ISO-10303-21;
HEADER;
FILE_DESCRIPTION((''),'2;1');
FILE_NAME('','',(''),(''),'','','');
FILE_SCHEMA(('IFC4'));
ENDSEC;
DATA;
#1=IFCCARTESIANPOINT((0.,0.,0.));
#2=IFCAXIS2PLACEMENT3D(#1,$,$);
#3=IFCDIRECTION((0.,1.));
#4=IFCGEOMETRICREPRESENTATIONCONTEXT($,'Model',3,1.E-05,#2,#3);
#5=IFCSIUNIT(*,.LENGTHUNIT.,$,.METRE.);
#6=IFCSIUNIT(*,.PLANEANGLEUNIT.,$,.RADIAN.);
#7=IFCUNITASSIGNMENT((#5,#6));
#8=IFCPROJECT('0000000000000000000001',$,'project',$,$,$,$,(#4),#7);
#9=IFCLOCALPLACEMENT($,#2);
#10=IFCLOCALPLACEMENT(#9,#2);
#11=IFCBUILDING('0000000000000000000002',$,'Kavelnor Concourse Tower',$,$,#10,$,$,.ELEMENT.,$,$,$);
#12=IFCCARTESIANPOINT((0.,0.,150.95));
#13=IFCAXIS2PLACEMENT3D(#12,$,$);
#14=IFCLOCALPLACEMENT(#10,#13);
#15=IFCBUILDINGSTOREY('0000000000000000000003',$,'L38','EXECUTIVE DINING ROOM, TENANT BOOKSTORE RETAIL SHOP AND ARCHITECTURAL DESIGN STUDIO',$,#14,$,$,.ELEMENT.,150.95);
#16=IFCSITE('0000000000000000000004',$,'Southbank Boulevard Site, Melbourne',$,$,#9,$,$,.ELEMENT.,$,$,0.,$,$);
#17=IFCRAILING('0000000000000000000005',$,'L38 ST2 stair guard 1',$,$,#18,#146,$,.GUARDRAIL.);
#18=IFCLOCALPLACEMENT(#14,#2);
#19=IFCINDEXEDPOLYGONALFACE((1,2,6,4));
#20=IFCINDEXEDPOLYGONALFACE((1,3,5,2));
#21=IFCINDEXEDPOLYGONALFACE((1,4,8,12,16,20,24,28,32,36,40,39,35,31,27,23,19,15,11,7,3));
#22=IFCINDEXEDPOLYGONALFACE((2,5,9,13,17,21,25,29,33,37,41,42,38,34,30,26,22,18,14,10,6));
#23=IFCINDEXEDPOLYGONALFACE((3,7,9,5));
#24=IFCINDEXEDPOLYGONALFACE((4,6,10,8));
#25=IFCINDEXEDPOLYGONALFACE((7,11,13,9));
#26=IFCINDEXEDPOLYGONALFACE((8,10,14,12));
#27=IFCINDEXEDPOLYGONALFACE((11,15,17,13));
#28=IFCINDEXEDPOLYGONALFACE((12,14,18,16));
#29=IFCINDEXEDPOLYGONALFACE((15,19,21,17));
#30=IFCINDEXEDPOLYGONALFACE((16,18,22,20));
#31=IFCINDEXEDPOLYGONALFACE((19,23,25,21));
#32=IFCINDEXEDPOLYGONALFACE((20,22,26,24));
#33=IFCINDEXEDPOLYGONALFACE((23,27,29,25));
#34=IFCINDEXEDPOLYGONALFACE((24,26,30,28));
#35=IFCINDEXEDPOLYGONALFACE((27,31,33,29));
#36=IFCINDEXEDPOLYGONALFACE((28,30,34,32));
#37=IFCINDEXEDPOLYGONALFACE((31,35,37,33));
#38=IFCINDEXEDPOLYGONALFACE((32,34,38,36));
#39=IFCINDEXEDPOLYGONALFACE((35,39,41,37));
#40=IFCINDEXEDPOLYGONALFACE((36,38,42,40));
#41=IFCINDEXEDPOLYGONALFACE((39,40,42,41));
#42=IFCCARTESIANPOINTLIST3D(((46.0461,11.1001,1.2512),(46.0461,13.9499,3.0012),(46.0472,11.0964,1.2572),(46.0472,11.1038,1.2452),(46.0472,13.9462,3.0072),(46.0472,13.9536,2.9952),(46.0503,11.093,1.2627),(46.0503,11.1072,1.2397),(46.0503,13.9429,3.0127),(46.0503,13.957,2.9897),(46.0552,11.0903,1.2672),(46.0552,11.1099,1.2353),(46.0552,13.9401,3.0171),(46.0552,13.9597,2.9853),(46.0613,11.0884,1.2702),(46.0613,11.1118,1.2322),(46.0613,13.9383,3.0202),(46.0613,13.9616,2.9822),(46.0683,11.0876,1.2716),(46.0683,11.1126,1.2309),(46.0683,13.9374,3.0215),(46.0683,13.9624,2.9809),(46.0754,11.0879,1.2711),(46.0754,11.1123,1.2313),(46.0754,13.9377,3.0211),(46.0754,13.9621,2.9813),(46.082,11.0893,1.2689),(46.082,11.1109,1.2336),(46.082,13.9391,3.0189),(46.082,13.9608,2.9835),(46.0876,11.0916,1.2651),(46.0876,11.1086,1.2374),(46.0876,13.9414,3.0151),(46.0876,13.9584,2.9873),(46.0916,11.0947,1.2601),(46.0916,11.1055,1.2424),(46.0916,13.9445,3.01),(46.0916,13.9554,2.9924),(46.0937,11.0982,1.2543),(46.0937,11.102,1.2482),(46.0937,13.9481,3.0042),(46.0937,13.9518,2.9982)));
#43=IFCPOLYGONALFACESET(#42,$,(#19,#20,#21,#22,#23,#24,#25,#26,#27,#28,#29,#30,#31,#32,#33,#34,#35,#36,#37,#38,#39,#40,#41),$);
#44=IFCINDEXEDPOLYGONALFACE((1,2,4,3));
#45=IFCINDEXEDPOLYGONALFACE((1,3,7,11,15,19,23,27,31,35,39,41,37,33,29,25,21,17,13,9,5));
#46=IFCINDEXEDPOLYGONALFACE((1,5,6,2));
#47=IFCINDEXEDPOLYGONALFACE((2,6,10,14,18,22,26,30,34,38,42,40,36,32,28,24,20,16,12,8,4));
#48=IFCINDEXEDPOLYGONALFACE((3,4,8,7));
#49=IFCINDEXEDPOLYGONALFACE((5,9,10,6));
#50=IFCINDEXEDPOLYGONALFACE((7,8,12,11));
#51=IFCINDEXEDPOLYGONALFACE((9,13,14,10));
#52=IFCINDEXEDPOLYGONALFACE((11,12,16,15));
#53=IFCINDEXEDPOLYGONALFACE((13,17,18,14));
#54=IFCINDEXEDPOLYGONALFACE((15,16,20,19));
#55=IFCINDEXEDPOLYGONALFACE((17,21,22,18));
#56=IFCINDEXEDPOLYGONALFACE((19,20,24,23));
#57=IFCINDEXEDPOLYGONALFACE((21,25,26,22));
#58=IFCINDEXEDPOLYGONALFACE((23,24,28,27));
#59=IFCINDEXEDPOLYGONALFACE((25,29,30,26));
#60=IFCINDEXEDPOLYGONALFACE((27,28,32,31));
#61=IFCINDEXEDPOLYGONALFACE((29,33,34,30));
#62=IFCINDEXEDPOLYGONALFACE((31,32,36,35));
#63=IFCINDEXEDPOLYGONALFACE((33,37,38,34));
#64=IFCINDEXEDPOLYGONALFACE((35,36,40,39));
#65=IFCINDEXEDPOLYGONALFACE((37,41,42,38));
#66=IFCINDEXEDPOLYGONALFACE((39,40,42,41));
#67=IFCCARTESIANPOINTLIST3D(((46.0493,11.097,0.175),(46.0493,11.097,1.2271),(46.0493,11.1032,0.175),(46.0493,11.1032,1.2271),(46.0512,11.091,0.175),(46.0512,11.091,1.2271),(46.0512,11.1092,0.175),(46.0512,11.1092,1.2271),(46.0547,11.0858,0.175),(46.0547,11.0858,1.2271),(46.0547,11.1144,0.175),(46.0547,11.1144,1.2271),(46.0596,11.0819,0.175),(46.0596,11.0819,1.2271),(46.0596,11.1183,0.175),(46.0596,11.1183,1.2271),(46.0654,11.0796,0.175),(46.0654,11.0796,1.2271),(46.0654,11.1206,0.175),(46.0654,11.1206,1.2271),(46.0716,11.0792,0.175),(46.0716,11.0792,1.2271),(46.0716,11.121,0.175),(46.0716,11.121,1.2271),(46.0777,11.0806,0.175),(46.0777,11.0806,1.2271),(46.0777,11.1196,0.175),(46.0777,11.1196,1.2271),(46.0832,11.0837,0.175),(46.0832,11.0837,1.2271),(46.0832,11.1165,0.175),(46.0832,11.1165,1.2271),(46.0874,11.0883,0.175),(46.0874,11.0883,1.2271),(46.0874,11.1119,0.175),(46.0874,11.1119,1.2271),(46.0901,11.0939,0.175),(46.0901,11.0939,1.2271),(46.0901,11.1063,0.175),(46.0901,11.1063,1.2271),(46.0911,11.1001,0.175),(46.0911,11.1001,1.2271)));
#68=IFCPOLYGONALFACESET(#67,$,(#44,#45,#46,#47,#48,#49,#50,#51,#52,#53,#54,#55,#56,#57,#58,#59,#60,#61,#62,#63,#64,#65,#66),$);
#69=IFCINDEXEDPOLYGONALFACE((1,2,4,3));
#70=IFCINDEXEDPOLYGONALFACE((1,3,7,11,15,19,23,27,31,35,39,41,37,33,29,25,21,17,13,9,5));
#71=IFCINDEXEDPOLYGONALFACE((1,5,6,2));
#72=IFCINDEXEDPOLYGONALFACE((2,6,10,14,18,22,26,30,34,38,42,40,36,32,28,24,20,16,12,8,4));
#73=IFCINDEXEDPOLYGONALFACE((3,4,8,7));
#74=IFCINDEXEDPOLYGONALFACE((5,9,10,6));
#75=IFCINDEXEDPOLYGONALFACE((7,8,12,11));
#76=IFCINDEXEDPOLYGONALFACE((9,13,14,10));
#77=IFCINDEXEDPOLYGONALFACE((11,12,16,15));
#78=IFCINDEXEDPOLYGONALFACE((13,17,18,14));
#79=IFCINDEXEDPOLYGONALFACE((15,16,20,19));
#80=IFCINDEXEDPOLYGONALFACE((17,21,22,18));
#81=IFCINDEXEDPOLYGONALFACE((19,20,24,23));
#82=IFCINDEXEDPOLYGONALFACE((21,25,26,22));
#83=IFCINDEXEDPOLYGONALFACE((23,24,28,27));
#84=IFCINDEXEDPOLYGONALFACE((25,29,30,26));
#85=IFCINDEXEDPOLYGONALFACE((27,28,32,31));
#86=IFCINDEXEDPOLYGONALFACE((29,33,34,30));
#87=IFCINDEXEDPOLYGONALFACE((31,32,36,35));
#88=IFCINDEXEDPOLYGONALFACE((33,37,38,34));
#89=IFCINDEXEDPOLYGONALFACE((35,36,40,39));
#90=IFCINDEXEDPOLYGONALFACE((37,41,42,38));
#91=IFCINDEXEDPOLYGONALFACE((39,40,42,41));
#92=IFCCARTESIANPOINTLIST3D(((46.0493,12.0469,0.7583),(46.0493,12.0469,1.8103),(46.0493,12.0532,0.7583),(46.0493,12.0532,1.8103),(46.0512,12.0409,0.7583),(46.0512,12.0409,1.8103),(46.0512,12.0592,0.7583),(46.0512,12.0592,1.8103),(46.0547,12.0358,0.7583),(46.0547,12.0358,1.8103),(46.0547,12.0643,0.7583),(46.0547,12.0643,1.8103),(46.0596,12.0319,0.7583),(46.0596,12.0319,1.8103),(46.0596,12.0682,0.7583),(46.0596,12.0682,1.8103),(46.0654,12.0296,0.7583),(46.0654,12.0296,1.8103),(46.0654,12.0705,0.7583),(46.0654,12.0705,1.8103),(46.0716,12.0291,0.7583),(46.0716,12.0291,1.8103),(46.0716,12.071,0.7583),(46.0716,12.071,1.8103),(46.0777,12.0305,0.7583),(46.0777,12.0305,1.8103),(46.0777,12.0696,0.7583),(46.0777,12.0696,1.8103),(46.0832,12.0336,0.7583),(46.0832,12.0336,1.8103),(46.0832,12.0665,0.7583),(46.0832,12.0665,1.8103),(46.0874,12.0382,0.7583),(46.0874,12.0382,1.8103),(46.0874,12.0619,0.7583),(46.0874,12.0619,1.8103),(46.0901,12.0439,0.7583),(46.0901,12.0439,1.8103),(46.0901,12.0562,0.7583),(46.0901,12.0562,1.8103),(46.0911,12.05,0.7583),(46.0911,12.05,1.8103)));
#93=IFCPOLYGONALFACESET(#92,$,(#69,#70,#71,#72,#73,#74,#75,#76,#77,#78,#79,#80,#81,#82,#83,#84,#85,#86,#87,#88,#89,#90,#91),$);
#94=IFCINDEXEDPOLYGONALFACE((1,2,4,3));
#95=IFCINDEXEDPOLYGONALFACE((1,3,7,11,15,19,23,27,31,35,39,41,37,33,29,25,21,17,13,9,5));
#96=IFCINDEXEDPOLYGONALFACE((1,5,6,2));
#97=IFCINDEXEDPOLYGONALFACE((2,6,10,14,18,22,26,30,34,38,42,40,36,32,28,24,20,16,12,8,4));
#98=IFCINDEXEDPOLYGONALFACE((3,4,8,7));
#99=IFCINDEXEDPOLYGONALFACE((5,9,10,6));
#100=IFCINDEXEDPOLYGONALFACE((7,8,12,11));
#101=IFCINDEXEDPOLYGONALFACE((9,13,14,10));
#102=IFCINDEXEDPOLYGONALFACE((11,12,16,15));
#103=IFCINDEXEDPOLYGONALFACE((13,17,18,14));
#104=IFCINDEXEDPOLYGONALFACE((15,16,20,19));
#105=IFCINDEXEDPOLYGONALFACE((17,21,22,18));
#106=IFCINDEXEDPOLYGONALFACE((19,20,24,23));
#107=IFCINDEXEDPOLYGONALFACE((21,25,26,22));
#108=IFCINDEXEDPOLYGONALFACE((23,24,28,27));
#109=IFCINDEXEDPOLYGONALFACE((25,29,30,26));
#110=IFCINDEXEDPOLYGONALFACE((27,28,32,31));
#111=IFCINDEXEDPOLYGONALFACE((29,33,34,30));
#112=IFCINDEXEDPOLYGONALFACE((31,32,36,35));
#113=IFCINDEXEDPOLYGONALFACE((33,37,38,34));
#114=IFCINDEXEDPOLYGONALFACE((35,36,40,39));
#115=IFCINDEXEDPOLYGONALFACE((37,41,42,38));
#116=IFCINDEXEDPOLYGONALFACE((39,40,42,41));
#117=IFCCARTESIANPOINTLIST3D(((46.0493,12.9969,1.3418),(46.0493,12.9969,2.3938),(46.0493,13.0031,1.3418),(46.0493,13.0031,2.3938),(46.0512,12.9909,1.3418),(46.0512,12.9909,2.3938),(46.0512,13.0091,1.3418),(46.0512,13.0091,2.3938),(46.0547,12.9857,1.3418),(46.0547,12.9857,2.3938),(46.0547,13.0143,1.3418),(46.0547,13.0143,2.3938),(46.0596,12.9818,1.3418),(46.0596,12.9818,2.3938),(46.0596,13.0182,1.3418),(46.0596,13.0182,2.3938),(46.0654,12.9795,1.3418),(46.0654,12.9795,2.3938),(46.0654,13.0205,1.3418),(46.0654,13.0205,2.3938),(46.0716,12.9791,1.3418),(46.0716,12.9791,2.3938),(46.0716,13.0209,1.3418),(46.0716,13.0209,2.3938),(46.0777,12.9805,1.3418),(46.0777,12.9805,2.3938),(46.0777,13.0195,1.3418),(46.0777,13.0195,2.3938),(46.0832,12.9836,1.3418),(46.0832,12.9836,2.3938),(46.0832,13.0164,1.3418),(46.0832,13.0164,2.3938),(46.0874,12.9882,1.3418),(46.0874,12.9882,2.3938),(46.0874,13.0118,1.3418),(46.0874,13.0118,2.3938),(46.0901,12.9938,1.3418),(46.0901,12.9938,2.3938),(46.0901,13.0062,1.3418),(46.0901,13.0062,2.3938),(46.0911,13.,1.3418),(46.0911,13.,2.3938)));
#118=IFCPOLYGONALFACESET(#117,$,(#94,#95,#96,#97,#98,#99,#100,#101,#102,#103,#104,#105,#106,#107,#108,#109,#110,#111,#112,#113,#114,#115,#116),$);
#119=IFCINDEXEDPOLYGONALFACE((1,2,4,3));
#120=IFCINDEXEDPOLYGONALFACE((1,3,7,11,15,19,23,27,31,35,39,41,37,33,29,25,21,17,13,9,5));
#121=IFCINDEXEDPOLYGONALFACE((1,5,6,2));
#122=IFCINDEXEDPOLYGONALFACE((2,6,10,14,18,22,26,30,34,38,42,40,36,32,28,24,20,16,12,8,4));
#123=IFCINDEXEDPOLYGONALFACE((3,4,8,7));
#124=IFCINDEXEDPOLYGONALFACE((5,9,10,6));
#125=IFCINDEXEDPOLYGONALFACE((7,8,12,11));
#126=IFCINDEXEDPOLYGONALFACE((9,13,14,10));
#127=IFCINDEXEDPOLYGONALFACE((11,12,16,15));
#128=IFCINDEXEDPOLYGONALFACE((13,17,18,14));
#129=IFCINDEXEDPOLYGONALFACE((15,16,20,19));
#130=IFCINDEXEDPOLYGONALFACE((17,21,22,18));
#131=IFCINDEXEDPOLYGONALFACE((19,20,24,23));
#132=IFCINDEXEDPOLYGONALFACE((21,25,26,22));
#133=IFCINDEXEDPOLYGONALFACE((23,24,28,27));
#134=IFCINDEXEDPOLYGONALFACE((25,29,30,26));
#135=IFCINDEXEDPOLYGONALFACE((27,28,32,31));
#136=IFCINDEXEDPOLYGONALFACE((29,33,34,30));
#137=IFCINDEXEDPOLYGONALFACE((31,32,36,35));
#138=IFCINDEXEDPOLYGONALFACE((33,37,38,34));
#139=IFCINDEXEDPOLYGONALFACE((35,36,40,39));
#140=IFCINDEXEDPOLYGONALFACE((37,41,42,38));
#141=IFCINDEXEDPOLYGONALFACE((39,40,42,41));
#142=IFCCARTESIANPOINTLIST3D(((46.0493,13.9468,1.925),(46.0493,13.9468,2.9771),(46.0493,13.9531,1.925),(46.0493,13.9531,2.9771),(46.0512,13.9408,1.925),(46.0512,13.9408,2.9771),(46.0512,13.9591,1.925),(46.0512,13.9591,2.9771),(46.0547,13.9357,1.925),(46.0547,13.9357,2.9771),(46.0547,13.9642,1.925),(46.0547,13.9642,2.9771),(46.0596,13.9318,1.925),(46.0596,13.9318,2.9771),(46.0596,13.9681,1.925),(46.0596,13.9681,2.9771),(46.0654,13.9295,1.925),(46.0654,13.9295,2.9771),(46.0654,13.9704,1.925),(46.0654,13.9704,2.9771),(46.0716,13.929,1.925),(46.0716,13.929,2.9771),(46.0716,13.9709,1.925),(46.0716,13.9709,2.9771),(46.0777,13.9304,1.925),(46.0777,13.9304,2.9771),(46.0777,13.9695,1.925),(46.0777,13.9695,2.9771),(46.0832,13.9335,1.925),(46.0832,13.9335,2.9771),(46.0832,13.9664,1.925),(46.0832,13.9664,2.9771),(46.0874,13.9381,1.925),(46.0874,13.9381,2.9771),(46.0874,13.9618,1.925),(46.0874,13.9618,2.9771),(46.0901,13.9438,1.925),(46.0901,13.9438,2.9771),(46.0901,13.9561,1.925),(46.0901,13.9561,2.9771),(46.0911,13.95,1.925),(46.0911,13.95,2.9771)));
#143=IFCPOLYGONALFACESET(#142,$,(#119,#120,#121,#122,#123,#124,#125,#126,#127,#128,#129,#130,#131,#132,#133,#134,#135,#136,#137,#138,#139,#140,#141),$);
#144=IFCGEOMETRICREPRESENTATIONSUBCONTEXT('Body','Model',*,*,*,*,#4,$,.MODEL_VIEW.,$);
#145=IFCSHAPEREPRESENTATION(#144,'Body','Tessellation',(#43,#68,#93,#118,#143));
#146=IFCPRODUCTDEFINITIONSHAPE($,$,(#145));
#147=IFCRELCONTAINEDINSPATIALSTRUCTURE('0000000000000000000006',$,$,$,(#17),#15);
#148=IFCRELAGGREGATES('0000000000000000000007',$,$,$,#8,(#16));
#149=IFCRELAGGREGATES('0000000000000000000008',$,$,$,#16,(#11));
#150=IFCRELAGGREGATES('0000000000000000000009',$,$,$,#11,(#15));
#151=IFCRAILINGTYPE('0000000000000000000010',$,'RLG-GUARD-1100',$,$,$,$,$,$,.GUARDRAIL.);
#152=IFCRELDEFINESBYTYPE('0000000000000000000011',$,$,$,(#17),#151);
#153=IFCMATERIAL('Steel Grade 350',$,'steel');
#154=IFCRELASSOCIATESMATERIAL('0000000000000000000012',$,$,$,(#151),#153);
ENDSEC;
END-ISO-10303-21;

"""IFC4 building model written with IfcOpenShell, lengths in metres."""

from ifc_helpers import new_model, si_unit, direction, frame, origin, origin_2d, place, context, subcontext, project, spatial, circle, extrude, material, type_object, element, save


model = new_model("IFC4")

# Units and contexts
model_context = context("Model", 3, precision=1e-05, world=origin(), true_north=direction((0.0, 1.0)))
body_context = subcontext(model_context, "Body", "Model", "MODEL_VIEW")
ifc_project = project(units=[si_unit("LENGTHUNIT", "METRE"), si_unit("PLANEANGLEUNIT", "RADIAN")], contexts=[model_context])

# Site, building, storey
site_placement = place(None, origin())
site = spatial("IfcSite", under=ifc_project, at=site_placement, Name="Southbank Boulevard Site, Melbourne", CompositionType="ELEMENT", RefElevation=0.0)
building_placement = place(site_placement, origin())
building = spatial("IfcBuilding", under=site, at=building_placement, Name="Kavelnor Concourse Tower", CompositionType="ELEMENT")
storey_placement = place(building_placement, frame((0.0, 0.0, 150.95)))
storey = spatial("IfcBuildingStorey", under=building, at=storey_placement, Name="L38", Description="EXECUTIVE DINING ROOM, TENANT BOOKSTORE RETAIL SHOP AND ARCHITECTURAL DESIGN STUDIO", CompositionType="ELEMENT", Elevation=150.95)

# Shared definitions
ifc_material_1 = material(Name="Steel Grade 350", Category="steel")

# Railing
railing_type_1 = type_object("IfcRailingType", Name="RLG-GUARD-1100", PredefinedType="GUARDRAIL", material=ifc_material_1)
railing_1_placement = place(storey_placement, frame((46.0701, 11.1001, 0.175)))
element("IfcRailing", 1, at=railing_1_placement, inside=storey, type_object=railing_type_1, Name="L38 ST2 stair guard 1", PredefinedType="GUARDRAIL", context=body_context, shape_type="SweptSolid", body=[
    extrude(circle(Radius=0.0239, at=origin_2d()), frame((0.0, 0.0, 1.0762), z_axis=(0.0, 0.852159, 0.523283), x_axis=(-1.0, 0.0, 0.0)), (0.0, 0.0, 1.0), 3.3442),
    extrude(circle(Radius=0.021, at=origin_2d()), origin(), (0.0, 0.0, 1.0), 1.052),
    extrude(circle(Radius=0.021, at=origin_2d()), frame((0.0, 0.95, 0.5833)), (0.0, 0.0, 1.0), 1.052),
    extrude(circle(Radius=0.021, at=origin_2d()), frame((0.0, 1.8999, 1.1667)), (0.0, 0.0, 1.0), 1.052),
    extrude(circle(Radius=0.021, at=origin_2d()), frame((0.0, 2.8499, 1.75)), (0.0, 0.0, 1.0), 1.052),
])

save(model, "model.ifc")
